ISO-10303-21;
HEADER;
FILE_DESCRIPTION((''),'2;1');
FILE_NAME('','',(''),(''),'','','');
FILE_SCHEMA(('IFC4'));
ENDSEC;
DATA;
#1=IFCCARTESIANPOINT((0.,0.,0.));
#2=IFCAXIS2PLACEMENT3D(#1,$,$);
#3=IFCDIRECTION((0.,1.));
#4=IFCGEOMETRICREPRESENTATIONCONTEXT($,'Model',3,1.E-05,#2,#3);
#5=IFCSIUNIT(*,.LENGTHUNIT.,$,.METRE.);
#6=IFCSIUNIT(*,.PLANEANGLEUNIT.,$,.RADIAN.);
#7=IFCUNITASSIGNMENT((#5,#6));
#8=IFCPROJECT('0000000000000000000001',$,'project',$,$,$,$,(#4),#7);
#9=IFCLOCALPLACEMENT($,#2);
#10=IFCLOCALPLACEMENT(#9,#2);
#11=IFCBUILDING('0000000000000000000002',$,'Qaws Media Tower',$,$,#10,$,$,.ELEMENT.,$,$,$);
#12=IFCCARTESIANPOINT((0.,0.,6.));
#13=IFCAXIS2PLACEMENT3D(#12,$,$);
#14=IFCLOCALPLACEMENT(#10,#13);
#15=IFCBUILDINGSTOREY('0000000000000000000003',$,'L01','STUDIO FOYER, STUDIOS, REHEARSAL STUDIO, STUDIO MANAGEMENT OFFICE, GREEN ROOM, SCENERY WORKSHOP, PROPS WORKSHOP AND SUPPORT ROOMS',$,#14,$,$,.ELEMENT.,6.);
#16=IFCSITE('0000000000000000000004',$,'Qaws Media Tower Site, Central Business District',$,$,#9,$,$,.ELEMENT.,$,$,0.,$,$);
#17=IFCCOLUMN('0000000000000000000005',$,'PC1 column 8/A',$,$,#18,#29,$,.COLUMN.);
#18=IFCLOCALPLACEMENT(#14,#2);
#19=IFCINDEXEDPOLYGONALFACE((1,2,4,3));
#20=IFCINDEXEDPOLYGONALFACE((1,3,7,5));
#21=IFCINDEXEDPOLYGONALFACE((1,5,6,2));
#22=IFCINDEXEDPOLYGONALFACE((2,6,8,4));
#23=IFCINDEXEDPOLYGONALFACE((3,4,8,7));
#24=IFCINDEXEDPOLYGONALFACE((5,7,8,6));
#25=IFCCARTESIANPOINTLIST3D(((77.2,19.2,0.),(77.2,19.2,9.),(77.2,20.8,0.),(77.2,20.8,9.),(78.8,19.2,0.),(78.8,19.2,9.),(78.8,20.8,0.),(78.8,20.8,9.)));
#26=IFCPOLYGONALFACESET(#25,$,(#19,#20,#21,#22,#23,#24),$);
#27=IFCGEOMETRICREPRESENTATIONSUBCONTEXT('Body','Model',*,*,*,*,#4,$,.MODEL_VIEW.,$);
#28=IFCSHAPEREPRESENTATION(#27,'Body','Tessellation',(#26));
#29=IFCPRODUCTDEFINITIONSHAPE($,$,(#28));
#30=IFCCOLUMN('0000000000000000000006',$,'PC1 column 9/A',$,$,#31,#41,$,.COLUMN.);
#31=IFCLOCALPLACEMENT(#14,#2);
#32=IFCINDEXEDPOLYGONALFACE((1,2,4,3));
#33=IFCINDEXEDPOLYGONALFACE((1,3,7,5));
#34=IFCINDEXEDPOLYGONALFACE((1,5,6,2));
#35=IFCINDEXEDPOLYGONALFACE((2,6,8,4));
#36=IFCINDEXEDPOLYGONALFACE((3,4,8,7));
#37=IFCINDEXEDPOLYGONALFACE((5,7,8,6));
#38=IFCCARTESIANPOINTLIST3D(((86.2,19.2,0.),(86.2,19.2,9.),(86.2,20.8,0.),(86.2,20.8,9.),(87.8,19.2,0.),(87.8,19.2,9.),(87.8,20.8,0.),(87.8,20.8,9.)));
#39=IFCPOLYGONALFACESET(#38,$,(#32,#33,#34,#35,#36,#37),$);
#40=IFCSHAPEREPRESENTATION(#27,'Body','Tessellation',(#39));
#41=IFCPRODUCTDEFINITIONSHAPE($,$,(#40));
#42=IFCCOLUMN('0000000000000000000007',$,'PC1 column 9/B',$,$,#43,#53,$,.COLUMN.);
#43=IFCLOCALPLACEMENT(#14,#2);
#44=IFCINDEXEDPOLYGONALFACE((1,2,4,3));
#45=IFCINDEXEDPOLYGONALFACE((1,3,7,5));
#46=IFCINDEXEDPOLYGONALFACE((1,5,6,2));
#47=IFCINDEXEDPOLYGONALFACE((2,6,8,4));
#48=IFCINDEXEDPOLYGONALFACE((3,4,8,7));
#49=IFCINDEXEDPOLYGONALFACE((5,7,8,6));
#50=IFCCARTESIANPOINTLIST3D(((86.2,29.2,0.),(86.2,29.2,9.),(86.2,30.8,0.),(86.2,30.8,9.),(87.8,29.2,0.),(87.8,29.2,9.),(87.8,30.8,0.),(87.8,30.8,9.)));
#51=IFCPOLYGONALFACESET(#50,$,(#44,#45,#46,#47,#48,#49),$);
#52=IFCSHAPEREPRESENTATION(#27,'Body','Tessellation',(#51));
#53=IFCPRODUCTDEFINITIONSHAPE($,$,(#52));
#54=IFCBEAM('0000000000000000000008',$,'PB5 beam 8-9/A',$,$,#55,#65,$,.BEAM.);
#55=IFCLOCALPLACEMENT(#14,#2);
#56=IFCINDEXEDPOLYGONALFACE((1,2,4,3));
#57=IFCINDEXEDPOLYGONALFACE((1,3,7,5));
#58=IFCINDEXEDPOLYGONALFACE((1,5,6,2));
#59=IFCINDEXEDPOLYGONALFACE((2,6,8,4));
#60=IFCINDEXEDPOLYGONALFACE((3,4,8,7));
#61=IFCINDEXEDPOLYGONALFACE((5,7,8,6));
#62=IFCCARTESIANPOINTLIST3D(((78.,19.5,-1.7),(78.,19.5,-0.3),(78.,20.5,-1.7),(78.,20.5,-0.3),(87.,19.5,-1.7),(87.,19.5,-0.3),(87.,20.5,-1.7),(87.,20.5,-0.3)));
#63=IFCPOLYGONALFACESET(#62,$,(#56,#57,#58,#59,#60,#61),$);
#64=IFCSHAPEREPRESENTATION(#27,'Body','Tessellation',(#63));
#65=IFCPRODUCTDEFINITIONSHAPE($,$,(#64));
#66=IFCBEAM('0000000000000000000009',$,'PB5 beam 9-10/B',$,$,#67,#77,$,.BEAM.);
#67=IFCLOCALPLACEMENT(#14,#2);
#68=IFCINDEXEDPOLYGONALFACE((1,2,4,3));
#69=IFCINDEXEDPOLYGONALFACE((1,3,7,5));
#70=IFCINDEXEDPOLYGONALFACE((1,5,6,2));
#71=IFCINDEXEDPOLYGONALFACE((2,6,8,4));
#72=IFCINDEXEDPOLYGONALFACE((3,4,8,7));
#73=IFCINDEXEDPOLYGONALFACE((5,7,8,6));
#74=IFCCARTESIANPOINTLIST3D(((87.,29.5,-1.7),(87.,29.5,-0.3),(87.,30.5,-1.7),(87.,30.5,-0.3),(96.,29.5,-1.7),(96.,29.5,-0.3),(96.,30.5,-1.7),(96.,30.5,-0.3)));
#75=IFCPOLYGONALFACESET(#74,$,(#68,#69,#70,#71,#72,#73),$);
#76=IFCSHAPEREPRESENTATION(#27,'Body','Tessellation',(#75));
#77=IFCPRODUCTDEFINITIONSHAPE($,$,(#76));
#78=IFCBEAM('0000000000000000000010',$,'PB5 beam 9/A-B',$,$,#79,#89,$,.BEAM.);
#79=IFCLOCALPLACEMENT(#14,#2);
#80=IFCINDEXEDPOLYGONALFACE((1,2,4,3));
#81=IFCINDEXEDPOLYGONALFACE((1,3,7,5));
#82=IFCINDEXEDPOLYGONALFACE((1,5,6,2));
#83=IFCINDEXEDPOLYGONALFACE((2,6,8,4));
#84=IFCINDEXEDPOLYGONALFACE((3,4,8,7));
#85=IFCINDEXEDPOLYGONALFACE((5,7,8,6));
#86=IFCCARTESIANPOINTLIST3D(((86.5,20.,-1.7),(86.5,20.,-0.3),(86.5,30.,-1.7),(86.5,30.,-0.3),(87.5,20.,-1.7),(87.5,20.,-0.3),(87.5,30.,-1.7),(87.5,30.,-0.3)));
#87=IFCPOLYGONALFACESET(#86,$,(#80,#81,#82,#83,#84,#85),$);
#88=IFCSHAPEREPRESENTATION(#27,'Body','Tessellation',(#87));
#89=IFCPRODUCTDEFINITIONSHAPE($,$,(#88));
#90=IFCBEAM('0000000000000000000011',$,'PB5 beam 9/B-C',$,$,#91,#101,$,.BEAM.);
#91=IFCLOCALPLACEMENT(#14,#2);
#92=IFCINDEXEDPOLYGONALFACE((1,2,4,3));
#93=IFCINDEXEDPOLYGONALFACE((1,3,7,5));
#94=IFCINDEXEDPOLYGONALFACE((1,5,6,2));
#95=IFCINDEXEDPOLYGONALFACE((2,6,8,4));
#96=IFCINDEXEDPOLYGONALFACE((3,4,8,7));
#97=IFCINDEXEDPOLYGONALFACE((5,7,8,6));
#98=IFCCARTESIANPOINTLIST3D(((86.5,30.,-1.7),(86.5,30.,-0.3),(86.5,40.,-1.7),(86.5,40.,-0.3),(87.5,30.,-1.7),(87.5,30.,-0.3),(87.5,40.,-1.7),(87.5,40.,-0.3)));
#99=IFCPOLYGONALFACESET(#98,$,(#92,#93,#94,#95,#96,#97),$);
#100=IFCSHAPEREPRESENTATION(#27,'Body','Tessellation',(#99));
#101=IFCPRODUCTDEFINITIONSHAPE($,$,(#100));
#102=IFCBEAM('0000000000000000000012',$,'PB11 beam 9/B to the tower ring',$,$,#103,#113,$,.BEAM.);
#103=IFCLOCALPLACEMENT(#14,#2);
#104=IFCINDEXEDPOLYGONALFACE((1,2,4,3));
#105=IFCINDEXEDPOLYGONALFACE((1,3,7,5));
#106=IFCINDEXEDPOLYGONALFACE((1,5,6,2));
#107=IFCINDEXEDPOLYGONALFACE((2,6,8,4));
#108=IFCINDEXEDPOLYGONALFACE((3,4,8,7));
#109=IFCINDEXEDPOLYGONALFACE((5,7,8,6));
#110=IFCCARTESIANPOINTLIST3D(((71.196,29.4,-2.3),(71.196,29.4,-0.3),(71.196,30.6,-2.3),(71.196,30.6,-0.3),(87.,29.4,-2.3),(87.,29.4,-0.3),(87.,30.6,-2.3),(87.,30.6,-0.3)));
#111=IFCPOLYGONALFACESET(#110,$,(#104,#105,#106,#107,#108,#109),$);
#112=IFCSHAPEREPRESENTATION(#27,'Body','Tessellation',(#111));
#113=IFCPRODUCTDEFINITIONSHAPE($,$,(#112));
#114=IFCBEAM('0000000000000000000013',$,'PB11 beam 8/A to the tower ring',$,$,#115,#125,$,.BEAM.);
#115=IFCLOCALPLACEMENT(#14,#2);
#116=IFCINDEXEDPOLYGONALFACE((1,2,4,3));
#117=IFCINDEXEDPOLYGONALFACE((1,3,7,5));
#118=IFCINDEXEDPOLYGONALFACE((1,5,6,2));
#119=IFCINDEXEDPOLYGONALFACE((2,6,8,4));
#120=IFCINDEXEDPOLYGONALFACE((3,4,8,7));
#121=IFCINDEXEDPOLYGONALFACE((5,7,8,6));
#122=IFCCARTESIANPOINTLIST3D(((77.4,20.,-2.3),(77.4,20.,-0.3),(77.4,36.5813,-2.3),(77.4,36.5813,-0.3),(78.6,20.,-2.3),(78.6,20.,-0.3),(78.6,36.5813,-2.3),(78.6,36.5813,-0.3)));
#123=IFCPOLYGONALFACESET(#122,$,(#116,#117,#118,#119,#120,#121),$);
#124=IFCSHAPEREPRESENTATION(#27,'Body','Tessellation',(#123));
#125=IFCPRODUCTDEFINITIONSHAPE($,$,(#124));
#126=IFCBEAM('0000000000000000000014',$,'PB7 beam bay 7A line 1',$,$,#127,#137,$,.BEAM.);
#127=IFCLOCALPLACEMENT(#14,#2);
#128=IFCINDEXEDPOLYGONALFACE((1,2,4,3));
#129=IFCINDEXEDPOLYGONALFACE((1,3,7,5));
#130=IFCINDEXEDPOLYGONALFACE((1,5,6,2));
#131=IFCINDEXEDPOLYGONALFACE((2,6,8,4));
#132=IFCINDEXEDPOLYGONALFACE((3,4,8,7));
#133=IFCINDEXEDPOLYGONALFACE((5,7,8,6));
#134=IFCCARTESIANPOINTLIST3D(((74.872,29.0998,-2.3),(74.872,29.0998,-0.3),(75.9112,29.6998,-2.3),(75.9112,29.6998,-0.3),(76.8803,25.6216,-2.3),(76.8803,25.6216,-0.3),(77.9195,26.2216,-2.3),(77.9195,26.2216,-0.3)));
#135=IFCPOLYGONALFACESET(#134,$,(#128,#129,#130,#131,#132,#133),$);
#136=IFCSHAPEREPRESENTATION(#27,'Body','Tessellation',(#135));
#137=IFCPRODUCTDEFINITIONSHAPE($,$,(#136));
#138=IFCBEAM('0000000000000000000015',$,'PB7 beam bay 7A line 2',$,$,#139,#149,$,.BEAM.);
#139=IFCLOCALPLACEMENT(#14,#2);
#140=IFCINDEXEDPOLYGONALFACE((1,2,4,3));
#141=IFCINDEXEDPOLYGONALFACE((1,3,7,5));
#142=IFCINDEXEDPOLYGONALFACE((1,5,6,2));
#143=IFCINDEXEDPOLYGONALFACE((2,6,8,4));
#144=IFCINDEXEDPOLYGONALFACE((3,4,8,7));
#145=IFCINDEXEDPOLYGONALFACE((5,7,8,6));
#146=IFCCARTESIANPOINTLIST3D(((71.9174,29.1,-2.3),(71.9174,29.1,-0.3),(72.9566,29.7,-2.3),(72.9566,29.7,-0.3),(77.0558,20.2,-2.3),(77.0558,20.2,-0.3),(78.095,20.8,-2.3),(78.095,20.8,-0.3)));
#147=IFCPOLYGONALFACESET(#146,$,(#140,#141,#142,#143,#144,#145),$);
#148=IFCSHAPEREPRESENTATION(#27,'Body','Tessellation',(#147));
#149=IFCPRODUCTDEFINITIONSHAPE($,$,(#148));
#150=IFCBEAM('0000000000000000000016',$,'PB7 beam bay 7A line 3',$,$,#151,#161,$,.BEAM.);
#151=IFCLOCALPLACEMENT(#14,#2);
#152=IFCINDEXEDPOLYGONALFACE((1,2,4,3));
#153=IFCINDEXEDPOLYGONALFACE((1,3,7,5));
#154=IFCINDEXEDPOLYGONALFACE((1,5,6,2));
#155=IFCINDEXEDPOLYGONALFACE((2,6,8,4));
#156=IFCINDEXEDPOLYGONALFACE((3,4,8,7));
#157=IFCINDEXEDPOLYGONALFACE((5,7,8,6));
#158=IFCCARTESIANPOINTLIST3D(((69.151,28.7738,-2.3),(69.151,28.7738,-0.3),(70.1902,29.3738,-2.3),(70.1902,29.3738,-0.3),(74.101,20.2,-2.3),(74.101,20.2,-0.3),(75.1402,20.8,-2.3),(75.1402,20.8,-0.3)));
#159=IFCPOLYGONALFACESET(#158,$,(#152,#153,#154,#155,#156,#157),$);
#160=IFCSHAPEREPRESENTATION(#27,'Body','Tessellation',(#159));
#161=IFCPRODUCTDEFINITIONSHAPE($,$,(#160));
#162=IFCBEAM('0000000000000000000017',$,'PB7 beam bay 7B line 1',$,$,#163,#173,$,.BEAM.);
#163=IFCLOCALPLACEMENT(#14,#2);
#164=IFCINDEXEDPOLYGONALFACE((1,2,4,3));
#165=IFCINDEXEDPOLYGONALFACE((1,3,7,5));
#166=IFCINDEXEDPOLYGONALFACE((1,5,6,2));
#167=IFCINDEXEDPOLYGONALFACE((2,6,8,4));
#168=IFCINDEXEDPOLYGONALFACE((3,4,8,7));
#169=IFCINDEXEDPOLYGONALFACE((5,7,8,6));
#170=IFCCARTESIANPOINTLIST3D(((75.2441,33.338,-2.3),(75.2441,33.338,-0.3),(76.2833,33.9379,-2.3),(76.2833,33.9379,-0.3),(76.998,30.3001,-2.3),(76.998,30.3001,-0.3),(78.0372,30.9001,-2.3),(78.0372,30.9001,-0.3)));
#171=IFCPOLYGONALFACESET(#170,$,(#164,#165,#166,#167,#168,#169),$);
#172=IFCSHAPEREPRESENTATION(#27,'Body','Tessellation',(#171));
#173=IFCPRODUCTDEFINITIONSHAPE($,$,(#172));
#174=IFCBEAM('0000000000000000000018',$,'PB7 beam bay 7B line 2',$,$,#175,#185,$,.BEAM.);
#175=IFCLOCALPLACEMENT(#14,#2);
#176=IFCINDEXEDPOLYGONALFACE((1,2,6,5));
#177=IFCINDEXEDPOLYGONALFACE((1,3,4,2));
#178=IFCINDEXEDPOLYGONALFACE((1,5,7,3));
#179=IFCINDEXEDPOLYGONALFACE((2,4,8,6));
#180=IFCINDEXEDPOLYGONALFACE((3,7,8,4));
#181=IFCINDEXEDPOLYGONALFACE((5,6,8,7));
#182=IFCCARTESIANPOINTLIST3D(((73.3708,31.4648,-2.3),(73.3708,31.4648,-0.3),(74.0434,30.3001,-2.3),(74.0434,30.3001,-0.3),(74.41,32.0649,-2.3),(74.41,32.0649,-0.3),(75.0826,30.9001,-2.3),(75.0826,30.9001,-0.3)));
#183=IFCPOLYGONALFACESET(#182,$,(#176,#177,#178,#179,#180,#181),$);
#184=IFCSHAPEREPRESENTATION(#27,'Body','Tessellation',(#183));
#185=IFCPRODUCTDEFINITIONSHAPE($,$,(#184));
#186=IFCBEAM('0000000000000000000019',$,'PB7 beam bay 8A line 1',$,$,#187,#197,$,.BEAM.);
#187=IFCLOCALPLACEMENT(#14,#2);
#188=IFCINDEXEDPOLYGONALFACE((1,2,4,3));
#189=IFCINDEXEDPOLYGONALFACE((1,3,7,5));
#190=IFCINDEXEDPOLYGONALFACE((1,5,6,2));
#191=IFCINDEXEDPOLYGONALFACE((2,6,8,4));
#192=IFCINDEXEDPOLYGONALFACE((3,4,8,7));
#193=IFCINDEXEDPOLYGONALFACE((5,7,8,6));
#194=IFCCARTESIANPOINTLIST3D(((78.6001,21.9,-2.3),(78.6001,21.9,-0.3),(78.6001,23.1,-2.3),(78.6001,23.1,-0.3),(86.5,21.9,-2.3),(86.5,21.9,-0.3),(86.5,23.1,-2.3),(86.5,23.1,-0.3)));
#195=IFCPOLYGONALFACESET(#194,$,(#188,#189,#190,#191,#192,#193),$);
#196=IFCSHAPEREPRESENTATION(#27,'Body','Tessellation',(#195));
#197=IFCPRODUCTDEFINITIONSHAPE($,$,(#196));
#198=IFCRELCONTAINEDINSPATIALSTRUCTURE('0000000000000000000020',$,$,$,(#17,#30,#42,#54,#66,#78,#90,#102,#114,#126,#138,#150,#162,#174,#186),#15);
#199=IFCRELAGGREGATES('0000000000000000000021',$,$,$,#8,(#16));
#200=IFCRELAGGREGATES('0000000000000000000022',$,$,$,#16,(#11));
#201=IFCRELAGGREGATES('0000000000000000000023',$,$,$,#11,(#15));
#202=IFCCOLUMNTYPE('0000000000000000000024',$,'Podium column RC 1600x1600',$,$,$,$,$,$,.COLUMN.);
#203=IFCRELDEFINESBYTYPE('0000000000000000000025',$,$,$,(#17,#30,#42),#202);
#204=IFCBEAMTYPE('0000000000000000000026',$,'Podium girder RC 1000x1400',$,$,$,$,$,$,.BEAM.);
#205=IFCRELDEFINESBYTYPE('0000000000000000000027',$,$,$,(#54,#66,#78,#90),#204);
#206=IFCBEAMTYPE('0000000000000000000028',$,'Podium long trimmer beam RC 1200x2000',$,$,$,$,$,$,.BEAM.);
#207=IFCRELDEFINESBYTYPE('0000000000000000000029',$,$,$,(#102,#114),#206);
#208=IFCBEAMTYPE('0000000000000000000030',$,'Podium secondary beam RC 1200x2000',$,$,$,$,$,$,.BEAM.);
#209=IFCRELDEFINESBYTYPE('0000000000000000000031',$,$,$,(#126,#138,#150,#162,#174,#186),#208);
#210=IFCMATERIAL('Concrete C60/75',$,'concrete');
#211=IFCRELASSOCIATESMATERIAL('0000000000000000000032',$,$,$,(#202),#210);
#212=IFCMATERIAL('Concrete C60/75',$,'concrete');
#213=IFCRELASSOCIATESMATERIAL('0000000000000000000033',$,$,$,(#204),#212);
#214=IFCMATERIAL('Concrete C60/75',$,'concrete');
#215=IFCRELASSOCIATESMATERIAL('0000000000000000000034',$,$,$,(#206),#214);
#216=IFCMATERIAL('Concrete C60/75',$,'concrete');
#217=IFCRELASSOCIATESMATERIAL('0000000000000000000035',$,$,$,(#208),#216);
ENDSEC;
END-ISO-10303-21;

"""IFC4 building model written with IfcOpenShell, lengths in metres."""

from ifc_helpers import new_model, si_unit, direction, frame, origin, origin_2d, place, context, subcontext, project, spatial, rectangle, extrude, material, material_profile, profile_set, type_object, element, save


model = new_model("IFC4")

# Units and contexts
model_context = context("Model", 3, precision=1e-05, world=origin(), true_north=direction((0.0, 1.0)))
body_context = subcontext(model_context, "Body", "Model", "MODEL_VIEW")
ifc_project = project(units=[si_unit("LENGTHUNIT", "METRE"), si_unit("PLANEANGLEUNIT", "RADIAN")], contexts=[model_context])

# Site, building, storey
site_placement = place(None, origin())
site = spatial("IfcSite", under=ifc_project, at=site_placement, Name="Qaws Media Tower Site, Central Business District", CompositionType="ELEMENT", RefElevation=0.0)
building_placement = place(site_placement, origin())
building = spatial("IfcBuilding", under=site, at=building_placement, Name="Qaws Media Tower", CompositionType="ELEMENT")
storey_placement = place(building_placement, frame((0.0, 0.0, 6.0)))
storey = spatial("IfcBuildingStorey", under=building, at=storey_placement, Name="L01", Description="STUDIO FOYER, STUDIOS, REHEARSAL STUDIO, STUDIO MANAGEMENT OFFICE, GREEN ROOM, SCENERY WORKSHOP, PROPS WORKSHOP AND SUPPORT ROOMS", CompositionType="ELEMENT", Elevation=6.0)

# Columns
ifc_material_1 = material(Name="Concrete C60/75", Category="concrete")
ifc_material_profile_1 = material_profile(ifc_material_1, rectangle(XDim=1.6001, YDim=1.6001, at=origin_2d()), Name="RC 1600x1600")
ifc_profile_set_1 = profile_set([ifc_material_profile_1], Name="Concrete C60/75")
column_type = type_object("IfcColumnType", Name="Podium column RC 1600x1600", PredefinedType="COLUMN", material=ifc_profile_set_1)
for number, where, z_axis, x_axis, name in (
    (1, (78.0, 20.0, 0.0), (0.0, 0.0, 1.0), (1.0, 0.0, 0.0), "PC1 column 8/A"),
    (2, (87.0, 20.0, 0.0), (0.0, 0.0, 1.0), (1.0, 0.0, 0.0), "PC1 column 9/A"),
    (3, (87.0, 30.0, 0.0), (0.0, 0.0, 1.0), (1.0, 0.0, 0.0), "PC1 column 9/B"),
):
    element("IfcColumn", number, at=place(storey_placement, frame(where, z_axis=z_axis, x_axis=x_axis)), inside=storey, type_object=column_type, Name=name, PredefinedType="COLUMN", context=body_context, shape_type="SweptSolid", body=[
        extrude(rectangle(XDim=1.6001, YDim=1.6001, at=origin_2d()), origin(), (0.0, 0.0, 1.0), 9.0),
    ])

# Beams
ifc_material_2 = material(Name="Concrete C60/75", Category="concrete")
ifc_material_profile_2 = material_profile(ifc_material_2, rectangle(XDim=1.0, YDim=1.3999, at=origin_2d()), Name="RC 1000x1400")
ifc_profile_set_2 = profile_set([ifc_material_profile_2], Name="Concrete C60/75")
beam_type_1 = type_object("IfcBeamType", Name="Podium girder RC 1000x1400", PredefinedType="BEAM", material=ifc_profile_set_2)
for number, where, z_axis, x_axis, name in (
    (4, (78.0, 20.0, -1.0), (1.0, 0.0, 0.0), (0.0, 1.0, 0.0), "PB5 beam 8-9/A"),
    (5, (87.0, 30.0, -1.0), (1.0, 0.0, 0.0), (0.0, 1.0, 0.0), "PB5 beam 9-10/B"),
):
    element("IfcBeam", number, at=place(storey_placement, frame(where, z_axis=z_axis, x_axis=x_axis)), inside=storey, type_object=beam_type_1, Name=name, PredefinedType="BEAM", context=body_context, shape_type="SweptSolid", body=[
        extrude(rectangle(XDim=1.0, YDim=1.3999, at=origin_2d()), origin(), (0.0, 0.0, 1.0), 9.0),
    ])
for number, where, z_axis, x_axis, name in (
    (6, (87.0, 20.0, -1.0), (0.0, 1.0, 0.0), (-1.0, 0.0, 0.0), "PB5 beam 9/A-B"),
    (7, (87.0, 30.0, -1.0), (0.0, 1.0, 0.0), (-1.0, 0.0, 0.0), "PB5 beam 9/B-C"),
):
    element("IfcBeam", number, at=place(storey_placement, frame(where, z_axis=z_axis, x_axis=x_axis)), inside=storey, type_object=beam_type_1, Name=name, PredefinedType="BEAM", context=body_context, shape_type="SweptSolid", body=[
        extrude(rectangle(XDim=1.0, YDim=1.3999, at=origin_2d()), origin(), (0.0, 0.0, 1.0), 10.0),
    ])
ifc_material_3 = material(Name="Concrete C60/75", Category="concrete")
ifc_material_profile_3 = material_profile(ifc_material_3, rectangle(XDim=1.2, YDim=2.0, at=origin_2d()), Name="RC 1200x2000")
ifc_profile_set_3 = profile_set([ifc_material_profile_3], Name="Concrete C60/75")
beam_type_2 = type_object("IfcBeamType", Name="Podium long trimmer beam RC 1200x2000", PredefinedType="BEAM", material=ifc_profile_set_3)
beam_1_placement = place(storey_placement, frame((87.0, 30.0, -1.3), z_axis=(-1.0, 0.0, 0.0), x_axis=(0.0, -1.0, 0.0)))
element("IfcBeam", 8, at=beam_1_placement, inside=storey, type_object=beam_type_2, Name="PB11 beam 9/B to the tower ring", PredefinedType="BEAM", context=body_context, shape_type="SweptSolid", body=[
    extrude(rectangle(XDim=1.2, YDim=2.0, at=origin_2d()), origin(), (0.0, 0.0, 1.0), 15.804),
])
beam_2_placement = place(storey_placement, frame((78.0, 20.0, -1.3), z_axis=(0.0, 1.0, 0.0), x_axis=(-1.0, 0.0, 0.0)))
element("IfcBeam", 9, at=beam_2_placement, inside=storey, type_object=beam_type_2, Name="PB11 beam 8/A to the tower ring", PredefinedType="BEAM", context=body_context, shape_type="SweptSolid", body=[
    extrude(rectangle(XDim=1.2, YDim=2.0, at=origin_2d()), origin(), (0.0, 0.0, 1.0), 16.5813),
])
ifc_material_4 = material(Name="Concrete C60/75", Category="concrete")
ifc_material_profile_4 = material_profile(ifc_material_4, rectangle(XDim=1.2, YDim=2.0, at=origin_2d()), Name="RC 1200x2000")
ifc_profile_set_4 = profile_set([ifc_material_profile_4], Name="Concrete C60/75")
beam_type_3 = type_object("IfcBeamType", Name="Podium secondary beam RC 1200x2000", PredefinedType="BEAM", material=ifc_profile_set_4)
beam_3_placement = place(storey_placement, frame((77.3999, 25.9216, -1.3), z_axis=(-0.500022, 0.866012, 0.0), x_axis=(-0.866012, -0.500022, 0.0)))
element("IfcBeam", 10, at=beam_3_placement, inside=storey, type_object=beam_type_3, Name="PB7 beam bay 7A line 1", PredefinedType="BEAM", context=body_context, shape_type="SweptSolid", body=[
    extrude(rectangle(XDim=1.2, YDim=2.0, at=origin_2d()), origin(), (0.0, 0.0, 1.0), 4.0164),
])
beam_4_placement = place(storey_placement, frame((77.5754, 20.5, -1.3), z_axis=(-0.500005, 0.866023, 0.0), x_axis=(-0.866023, -0.500005, 0.0)))
element("IfcBeam", 11, at=beam_4_placement, inside=storey, type_object=beam_type_3, Name="PB7 beam bay 7A line 2", PredefinedType="BEAM", context=body_context, shape_type="SweptSolid", body=[
    extrude(rectangle(XDim=1.2, YDim=2.0, at=origin_2d()), origin(), (0.0, 0.0, 1.0), 10.2769),
])
beam_5_placement = place(storey_placement, frame((74.6206, 20.5, -1.3), z_axis=(-0.499993, 0.86603, 0.0), x_axis=(-0.86603, -0.499993, 0.0)))
element("IfcBeam", 12, at=beam_5_placement, inside=storey, type_object=beam_type_3, Name="PB7 beam bay 7A line 3", PredefinedType="BEAM", context=body_context, shape_type="SweptSolid", body=[
    extrude(rectangle(XDim=1.2, YDim=2.0, at=origin_2d()), origin(), (0.0, 0.0, 1.0), 9.9001),
])
beam_6_placement = place(storey_placement, frame((77.5176, 30.6001, -1.3), z_axis=(-0.500002, 0.866024, 0.0), x_axis=(-0.866024, -0.500002, 0.0)))
element("IfcBeam", 13, at=beam_6_placement, inside=storey, type_object=beam_type_3, Name="PB7 beam bay 7B line 1", PredefinedType="BEAM", context=body_context, shape_type="SweptSolid", body=[
    extrude(rectangle(XDim=1.2, YDim=2.0, at=origin_2d()), origin(), (0.0, 0.0, 1.0), 3.5078),
])
beam_7_placement = place(storey_placement, frame((74.563, 30.6001, -1.3), z_axis=(-0.500063, 0.865989, 0.0), x_axis=(-0.865989, -0.500063, 0.0)))
element("IfcBeam", 14, at=beam_7_placement, inside=storey, type_object=beam_type_3, Name="PB7 beam bay 7B line 2", PredefinedType="BEAM", context=body_context, shape_type="SweptSolid", body=[
    extrude(rectangle(XDim=1.2, YDim=2.0, at=origin_2d()), origin(), (0.0, 0.0, 1.0), 1.345),
])
for number, where, z_axis, x_axis, name in (
    (15, (78.6001, 22.5, -1.3), (1.0, 0.0, 0.0), (0.0, 1.0, 0.0), "PB7 beam bay 8A line 1"),
):
    element("IfcBeam", number, at=place(storey_placement, frame(where, z_axis=z_axis, x_axis=x_axis)), inside=storey, type_object=beam_type_3, Name=name, PredefinedType="BEAM", context=body_context, shape_type="SweptSolid", body=[
        extrude(rectangle(XDim=1.2, YDim=2.0, at=origin_2d()), origin(), (0.0, 0.0, 1.0), 7.8999),
    ])

save(model, "model.ifc")
